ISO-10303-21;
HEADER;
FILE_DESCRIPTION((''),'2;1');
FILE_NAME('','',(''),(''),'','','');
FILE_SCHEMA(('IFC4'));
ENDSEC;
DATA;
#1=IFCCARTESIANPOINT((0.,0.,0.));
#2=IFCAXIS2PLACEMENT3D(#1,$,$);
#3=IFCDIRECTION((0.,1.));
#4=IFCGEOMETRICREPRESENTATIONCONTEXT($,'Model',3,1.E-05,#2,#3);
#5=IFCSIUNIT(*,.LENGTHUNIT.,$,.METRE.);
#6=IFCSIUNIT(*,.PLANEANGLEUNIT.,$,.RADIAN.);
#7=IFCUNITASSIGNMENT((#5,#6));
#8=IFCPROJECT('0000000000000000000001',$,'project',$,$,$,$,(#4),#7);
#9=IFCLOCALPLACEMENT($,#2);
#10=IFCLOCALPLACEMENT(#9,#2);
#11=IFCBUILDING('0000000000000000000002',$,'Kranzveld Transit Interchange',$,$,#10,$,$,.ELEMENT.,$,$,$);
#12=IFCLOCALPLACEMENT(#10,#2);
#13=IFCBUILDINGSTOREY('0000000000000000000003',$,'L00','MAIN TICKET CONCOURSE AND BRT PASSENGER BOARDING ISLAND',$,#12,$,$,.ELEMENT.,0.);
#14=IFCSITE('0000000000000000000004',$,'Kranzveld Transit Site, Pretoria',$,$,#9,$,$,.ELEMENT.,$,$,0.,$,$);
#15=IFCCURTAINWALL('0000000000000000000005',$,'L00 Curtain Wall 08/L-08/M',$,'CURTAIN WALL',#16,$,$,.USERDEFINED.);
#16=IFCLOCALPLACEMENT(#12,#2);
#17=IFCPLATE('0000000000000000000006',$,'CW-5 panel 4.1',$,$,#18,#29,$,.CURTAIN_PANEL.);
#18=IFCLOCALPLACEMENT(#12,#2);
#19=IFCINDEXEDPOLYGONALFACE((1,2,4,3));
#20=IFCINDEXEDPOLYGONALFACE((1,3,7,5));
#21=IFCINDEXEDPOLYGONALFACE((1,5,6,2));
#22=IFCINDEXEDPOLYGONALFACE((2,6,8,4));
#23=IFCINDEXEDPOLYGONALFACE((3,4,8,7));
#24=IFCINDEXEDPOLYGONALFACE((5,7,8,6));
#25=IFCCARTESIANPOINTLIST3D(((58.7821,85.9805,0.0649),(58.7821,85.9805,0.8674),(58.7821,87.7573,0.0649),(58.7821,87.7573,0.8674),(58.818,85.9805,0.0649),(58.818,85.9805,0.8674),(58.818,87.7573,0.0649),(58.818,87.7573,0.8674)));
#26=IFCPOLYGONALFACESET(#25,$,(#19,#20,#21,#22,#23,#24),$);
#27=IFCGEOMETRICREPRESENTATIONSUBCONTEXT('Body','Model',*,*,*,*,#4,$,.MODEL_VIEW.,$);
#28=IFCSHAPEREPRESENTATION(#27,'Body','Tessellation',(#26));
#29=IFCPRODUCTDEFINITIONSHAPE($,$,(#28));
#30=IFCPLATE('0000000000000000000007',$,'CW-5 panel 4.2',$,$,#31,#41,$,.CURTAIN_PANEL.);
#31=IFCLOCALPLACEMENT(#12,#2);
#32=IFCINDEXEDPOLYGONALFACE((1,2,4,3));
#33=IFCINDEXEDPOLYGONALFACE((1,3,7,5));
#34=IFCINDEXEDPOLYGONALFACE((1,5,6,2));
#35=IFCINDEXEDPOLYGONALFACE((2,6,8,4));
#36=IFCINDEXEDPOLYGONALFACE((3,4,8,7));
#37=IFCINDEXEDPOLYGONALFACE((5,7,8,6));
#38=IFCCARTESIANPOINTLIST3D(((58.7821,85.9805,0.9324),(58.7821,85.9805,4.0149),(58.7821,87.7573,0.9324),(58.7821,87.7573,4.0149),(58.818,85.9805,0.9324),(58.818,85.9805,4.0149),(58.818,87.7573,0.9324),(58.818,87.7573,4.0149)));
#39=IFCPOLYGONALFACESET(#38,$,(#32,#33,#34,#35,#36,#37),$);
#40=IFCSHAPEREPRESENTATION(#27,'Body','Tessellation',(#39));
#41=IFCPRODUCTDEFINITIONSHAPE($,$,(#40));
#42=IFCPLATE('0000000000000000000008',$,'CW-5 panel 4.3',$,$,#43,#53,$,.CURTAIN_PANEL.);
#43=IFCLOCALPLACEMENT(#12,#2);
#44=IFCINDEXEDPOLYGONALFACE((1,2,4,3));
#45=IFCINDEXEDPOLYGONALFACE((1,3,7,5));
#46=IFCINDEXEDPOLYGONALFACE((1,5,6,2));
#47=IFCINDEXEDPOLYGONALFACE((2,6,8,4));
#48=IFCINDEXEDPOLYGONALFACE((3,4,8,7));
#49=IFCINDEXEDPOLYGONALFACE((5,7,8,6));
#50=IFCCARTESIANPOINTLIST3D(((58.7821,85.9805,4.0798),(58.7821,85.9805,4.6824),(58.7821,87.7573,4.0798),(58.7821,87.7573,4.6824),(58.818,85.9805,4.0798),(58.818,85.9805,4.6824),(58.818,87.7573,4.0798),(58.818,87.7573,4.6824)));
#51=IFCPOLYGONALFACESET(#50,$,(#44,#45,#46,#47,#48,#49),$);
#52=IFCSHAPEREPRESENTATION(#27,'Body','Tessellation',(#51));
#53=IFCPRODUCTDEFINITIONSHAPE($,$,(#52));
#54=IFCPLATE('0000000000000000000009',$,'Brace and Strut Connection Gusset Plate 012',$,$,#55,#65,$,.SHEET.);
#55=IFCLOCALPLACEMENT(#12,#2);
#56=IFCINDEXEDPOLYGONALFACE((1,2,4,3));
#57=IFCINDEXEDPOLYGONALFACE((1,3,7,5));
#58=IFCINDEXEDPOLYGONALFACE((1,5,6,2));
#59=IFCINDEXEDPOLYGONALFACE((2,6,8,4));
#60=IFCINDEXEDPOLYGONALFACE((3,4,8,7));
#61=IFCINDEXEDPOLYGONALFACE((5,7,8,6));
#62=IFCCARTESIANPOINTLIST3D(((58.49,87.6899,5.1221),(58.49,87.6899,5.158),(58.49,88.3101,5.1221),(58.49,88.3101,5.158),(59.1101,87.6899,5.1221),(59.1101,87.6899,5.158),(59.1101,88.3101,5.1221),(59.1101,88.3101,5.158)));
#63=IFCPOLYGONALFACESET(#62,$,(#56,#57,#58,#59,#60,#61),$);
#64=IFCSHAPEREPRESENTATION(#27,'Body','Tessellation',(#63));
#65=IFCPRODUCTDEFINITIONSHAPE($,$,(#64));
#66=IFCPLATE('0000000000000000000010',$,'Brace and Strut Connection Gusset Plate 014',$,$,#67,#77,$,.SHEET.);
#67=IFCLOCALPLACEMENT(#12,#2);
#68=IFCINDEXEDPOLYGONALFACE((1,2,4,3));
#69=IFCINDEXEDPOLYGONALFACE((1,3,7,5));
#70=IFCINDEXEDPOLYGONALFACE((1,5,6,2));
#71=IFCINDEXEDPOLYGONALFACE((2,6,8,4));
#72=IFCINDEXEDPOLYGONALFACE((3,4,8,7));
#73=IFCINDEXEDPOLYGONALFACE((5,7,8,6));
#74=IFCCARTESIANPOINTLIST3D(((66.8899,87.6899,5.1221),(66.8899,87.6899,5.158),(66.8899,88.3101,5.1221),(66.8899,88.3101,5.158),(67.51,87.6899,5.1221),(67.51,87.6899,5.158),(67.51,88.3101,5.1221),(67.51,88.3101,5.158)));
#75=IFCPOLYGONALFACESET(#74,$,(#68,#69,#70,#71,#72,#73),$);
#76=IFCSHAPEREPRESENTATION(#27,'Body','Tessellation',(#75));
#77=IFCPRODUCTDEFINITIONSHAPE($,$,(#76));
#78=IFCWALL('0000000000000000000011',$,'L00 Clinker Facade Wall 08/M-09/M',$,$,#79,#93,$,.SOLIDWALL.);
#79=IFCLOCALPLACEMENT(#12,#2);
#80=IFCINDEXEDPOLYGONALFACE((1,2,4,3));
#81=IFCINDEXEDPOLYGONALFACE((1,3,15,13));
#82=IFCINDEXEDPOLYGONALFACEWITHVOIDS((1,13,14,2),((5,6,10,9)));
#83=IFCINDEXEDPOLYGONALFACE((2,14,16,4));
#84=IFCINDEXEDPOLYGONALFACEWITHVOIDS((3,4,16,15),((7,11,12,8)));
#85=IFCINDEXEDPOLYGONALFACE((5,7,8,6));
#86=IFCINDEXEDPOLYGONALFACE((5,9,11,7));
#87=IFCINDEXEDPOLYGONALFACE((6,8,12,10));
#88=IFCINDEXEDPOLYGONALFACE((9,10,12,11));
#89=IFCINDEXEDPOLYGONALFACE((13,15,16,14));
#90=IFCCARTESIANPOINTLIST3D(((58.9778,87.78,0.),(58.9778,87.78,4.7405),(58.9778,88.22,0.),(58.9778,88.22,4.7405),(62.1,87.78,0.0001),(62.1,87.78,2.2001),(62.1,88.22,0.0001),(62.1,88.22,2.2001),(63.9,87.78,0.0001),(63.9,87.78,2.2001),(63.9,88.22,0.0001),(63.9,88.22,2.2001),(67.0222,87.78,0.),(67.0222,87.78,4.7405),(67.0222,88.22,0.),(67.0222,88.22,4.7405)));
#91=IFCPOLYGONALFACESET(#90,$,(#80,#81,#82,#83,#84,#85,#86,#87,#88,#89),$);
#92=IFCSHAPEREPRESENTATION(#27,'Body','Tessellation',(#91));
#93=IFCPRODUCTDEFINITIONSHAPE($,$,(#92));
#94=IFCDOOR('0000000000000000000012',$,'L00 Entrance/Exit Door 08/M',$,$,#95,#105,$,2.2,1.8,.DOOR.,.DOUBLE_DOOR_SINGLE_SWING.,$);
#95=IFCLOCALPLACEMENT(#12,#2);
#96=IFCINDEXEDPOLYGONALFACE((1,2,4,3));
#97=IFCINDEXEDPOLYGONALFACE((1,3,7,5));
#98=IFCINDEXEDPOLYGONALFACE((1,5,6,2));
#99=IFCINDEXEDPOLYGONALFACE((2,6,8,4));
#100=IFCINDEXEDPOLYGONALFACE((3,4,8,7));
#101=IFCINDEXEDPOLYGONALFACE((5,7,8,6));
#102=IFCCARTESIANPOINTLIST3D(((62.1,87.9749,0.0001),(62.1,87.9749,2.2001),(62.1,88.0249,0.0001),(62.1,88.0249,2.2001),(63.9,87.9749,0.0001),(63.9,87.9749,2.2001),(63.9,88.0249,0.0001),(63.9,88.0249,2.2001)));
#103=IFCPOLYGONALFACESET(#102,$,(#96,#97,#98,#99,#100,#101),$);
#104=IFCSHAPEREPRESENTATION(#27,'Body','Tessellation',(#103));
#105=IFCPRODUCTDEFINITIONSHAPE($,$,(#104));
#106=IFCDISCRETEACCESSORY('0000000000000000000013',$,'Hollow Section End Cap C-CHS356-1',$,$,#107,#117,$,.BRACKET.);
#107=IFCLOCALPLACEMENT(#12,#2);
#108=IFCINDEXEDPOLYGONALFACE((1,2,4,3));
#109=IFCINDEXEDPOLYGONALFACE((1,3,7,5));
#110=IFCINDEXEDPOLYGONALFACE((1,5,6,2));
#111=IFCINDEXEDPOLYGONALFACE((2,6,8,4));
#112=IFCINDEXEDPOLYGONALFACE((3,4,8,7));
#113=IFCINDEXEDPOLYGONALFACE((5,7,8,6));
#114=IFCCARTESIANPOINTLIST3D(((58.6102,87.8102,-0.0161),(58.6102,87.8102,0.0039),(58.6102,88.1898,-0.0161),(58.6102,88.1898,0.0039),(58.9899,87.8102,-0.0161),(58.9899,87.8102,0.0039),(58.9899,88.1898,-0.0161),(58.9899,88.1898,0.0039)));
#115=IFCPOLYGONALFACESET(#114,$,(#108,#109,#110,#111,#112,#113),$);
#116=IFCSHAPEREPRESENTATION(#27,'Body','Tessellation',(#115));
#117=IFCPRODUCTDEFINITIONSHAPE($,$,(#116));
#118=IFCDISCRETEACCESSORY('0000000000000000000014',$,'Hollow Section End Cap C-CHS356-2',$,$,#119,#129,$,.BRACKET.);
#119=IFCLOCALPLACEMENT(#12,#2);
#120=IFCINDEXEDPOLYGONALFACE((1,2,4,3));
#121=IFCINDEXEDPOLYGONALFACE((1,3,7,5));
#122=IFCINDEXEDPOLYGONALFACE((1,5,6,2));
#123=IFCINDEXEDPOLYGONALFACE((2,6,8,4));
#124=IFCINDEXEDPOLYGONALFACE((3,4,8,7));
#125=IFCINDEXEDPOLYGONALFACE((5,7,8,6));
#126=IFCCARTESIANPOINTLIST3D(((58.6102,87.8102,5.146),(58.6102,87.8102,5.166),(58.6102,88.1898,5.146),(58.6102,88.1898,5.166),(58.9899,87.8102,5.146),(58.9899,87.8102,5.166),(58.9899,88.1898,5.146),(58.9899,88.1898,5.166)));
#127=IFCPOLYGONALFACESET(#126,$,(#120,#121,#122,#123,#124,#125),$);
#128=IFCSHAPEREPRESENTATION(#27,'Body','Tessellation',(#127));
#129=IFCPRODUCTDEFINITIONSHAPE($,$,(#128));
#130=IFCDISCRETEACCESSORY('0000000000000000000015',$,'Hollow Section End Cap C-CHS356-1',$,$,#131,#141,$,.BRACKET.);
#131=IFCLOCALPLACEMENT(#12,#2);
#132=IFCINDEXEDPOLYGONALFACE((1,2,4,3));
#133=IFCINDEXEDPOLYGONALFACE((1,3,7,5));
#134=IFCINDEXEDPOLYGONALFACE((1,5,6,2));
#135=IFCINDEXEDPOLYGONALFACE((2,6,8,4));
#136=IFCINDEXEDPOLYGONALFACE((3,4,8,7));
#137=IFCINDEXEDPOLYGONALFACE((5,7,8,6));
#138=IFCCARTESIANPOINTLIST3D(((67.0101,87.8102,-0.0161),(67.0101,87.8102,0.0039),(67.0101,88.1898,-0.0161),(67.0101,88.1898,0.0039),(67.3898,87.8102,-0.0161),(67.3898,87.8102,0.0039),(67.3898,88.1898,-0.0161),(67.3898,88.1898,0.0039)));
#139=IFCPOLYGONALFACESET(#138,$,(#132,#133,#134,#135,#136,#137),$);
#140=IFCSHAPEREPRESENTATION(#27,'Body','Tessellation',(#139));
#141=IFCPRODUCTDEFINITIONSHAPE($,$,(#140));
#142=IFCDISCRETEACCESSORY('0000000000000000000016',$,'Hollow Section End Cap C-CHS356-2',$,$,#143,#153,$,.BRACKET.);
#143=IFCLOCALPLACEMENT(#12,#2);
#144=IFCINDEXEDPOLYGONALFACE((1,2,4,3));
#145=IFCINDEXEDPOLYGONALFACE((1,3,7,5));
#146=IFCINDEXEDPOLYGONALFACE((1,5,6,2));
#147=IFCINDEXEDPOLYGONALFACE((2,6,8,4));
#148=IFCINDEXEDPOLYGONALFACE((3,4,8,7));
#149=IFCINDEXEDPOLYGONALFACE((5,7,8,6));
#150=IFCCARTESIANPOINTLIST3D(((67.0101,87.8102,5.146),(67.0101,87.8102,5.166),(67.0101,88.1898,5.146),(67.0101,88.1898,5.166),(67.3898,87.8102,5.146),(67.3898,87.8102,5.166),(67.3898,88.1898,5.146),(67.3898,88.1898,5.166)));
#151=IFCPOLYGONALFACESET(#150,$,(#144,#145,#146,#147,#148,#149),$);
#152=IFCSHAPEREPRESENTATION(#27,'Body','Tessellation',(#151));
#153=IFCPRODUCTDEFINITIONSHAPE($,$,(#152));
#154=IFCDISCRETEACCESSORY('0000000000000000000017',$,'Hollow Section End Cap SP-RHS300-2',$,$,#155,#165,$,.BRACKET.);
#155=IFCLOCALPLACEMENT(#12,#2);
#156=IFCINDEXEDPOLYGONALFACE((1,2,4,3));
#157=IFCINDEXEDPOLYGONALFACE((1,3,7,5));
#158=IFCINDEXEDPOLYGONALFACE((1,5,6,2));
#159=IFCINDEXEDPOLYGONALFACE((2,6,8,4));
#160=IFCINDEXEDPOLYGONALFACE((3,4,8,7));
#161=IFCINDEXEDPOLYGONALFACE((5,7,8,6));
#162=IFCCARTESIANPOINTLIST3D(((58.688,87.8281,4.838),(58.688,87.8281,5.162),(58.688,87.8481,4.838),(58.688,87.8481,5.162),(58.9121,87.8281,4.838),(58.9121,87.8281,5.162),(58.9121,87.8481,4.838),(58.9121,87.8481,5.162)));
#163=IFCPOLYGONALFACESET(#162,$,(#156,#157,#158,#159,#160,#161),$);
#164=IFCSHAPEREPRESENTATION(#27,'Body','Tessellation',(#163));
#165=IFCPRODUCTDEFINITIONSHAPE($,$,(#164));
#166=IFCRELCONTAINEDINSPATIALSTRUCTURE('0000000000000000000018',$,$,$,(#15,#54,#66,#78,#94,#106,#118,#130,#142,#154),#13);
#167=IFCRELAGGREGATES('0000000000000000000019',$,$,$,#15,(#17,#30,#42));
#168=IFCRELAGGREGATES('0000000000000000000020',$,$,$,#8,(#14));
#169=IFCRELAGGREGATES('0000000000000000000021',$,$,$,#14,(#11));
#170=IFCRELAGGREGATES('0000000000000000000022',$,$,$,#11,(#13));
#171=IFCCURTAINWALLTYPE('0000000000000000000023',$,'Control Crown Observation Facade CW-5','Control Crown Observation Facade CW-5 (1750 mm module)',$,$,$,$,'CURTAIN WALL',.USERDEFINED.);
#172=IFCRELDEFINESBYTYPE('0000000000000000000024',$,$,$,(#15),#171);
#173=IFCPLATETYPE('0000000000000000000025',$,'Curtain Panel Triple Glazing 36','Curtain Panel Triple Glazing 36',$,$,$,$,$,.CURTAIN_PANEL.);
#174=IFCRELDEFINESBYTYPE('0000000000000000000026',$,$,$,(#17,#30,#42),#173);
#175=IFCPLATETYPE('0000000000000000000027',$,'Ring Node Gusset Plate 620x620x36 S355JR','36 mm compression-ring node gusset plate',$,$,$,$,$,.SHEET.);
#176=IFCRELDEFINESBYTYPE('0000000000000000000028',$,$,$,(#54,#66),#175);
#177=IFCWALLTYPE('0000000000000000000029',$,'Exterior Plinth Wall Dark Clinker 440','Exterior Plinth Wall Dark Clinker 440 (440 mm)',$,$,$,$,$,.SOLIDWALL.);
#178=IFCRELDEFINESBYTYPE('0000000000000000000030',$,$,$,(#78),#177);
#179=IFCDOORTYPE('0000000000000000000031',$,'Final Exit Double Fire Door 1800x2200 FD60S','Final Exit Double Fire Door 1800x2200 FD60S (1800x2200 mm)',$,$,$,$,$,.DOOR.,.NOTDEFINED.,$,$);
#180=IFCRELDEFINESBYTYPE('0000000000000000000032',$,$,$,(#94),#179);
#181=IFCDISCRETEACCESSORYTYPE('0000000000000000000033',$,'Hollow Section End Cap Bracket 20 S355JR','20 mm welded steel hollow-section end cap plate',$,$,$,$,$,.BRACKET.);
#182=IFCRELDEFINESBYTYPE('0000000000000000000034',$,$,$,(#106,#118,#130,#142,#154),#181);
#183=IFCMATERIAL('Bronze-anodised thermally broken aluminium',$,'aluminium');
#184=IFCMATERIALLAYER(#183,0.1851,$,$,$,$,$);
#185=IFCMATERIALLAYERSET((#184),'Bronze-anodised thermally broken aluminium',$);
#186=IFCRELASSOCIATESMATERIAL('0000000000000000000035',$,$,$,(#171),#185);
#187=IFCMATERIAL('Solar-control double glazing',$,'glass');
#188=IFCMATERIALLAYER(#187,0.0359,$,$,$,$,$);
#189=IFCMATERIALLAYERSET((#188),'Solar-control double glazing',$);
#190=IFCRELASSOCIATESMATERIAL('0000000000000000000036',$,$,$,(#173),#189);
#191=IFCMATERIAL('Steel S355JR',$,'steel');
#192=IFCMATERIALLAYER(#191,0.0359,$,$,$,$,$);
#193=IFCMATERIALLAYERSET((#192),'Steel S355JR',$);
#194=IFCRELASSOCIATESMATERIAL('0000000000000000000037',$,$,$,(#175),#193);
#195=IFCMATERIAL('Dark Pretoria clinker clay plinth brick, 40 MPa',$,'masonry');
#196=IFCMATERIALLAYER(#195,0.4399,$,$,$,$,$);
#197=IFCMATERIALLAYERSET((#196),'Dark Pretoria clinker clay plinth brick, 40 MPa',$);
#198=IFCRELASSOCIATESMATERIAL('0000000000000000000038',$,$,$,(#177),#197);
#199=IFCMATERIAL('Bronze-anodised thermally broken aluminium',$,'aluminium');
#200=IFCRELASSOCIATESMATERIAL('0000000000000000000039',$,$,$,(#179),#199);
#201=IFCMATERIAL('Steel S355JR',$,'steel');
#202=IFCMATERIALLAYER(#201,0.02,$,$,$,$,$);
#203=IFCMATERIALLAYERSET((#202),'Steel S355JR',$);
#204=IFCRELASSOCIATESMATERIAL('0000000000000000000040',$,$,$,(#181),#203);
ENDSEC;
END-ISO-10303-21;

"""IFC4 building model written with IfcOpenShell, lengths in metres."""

from ifc_helpers import new_model, si_unit, direction, frame, frame_2d, origin, origin_2d, place, context, subcontext, project, spatial, rectangle, extrude, material, layer, layer_set, type_object, element, fill, aggregate, save


model = new_model("IFC4")

# Units and contexts
model_context = context("Model", 3, precision=1e-05, world=origin(), true_north=direction((0.0, 1.0)))
body_context = subcontext(model_context, "Body", "Model", "MODEL_VIEW")
ifc_project = project(units=[si_unit("LENGTHUNIT", "METRE"), si_unit("PLANEANGLEUNIT", "RADIAN")], contexts=[model_context])

# Site, building, storey
site_placement = place(None, origin())
site = spatial("IfcSite", under=ifc_project, at=site_placement, Name="Kranzveld Transit Site, Pretoria", CompositionType="ELEMENT", RefElevation=0.0)
building_placement = place(site_placement, origin())
building = spatial("IfcBuilding", under=site, at=building_placement, Name="Kranzveld Transit Interchange", CompositionType="ELEMENT")
storey_placement = place(building_placement, origin())
storey = spatial("IfcBuildingStorey", under=building, at=storey_placement, Name="L00", Description="MAIN TICKET CONCOURSE AND BRT PASSENGER BOARDING ISLAND", CompositionType="ELEMENT", Elevation=0.0)

# Curtain wall
ifc_material_1 = material(Name="Bronze-anodised thermally broken aluminium", Category="aluminium")
ifc_layer_1 = layer(ifc_material_1, 0.1851)
ifc_layer_set_1 = layer_set([ifc_layer_1], Name="Bronze-anodised thermally broken aluminium")
curtain_wall_type_1 = type_object("IfcCurtainWallType", Name="Control Crown Observation Facade CW-5", Description="Control Crown Observation Facade CW-5 (1750 mm module)", ElementType="CURTAIN WALL", PredefinedType="USERDEFINED", material=ifc_layer_set_1)
curtain_wall_1_placement = place(storey_placement, origin())
curtain_wall_1 = element("IfcCurtainWall", 1, at=curtain_wall_1_placement, inside=storey, type_object=curtain_wall_type_1, Name="L00 Curtain Wall 08/L-08/M", ObjectType="CURTAIN WALL", PredefinedType="USERDEFINED")

# Plates
ifc_material_2 = material(Name="Solar-control double glazing", Category="glass")
ifc_layer_2 = layer(ifc_material_2, 0.0359)
ifc_layer_set_2 = layer_set([ifc_layer_2], Name="Solar-control double glazing")
plate_type_1 = type_object("IfcPlateType", Name="Curtain Panel Triple Glazing 36", Description="Curtain Panel Triple Glazing 36", PredefinedType="CURTAIN_PANEL", material=ifc_layer_set_2)
plate_1_placement = place(storey_placement, frame((58.8, 86.8689, 0.0649), z_axis=(0.0, 0.0, 1.0), x_axis=(0.0, 1.0, 0.0)))
plate_1 = element("IfcPlate", 2, at=plate_1_placement, type_object=plate_type_1, Name="CW-5 panel 4.1", PredefinedType="CURTAIN_PANEL", context=body_context, shape_type="SweptSolid", body=[
    extrude(rectangle(XDim=1.7769, YDim=0.0359, at=origin_2d()), origin(), (0.0, 0.0, 1.0), 0.8025),
])
plate_2_placement = place(storey_placement, frame((58.8, 86.8689, 0.9324), z_axis=(0.0, 0.0, 1.0), x_axis=(0.0, 1.0, 0.0)))
plate_2 = element("IfcPlate", 3, at=plate_2_placement, type_object=plate_type_1, Name="CW-5 panel 4.2", PredefinedType="CURTAIN_PANEL", context=body_context, shape_type="SweptSolid", body=[
    extrude(rectangle(XDim=1.7769, YDim=0.0359, at=origin_2d()), origin(), (0.0, 0.0, 1.0), 3.0825),
])
plate_3_placement = place(storey_placement, frame((58.8, 86.8689, 4.0798), z_axis=(0.0, 0.0, 1.0), x_axis=(0.0, 1.0, 0.0)))
plate_3 = element("IfcPlate", 4, at=plate_3_placement, type_object=plate_type_1, Name="CW-5 panel 4.3", PredefinedType="CURTAIN_PANEL", context=body_context, shape_type="SweptSolid", body=[
    extrude(rectangle(XDim=1.7769, YDim=0.0359, at=origin_2d()), origin(), (0.0, 0.0, 1.0), 0.6025),
])
aggregate(curtain_wall_1, [plate_1, plate_2, plate_3])

# Plates
ifc_material_3 = material(Name="Steel S355JR", Category="steel")
ifc_layer_3 = layer(ifc_material_3, 0.0359)
ifc_layer_set_3 = layer_set([ifc_layer_3], Name="Steel S355JR")
plate_type_2 = type_object("IfcPlateType", Name="Ring Node Gusset Plate 620x620x36 S355JR", Description="36 mm compression-ring node gusset plate", PredefinedType="SHEET", material=ifc_layer_set_3)
for number, where, z_axis, x_axis, name in (
    (5, (58.8, 88.0, 5.1221), (0.0, 0.0, 1.0), (1.0, 0.0, 0.0), "Brace and Strut Connection Gusset Plate 012"),
    (6, (67.2, 88.0, 5.1221), (0.0, 0.0, 1.0), (1.0, 0.0, 0.0), "Brace and Strut Connection Gusset Plate 014"),
):
    element("IfcPlate", number, at=place(storey_placement, frame(where, z_axis=z_axis, x_axis=x_axis)), inside=storey, type_object=plate_type_2, Name=name, PredefinedType="SHEET", context=body_context, shape_type="SweptSolid", body=[
        extrude(rectangle(XDim=0.6201, YDim=0.6201, at=origin_2d()), origin(), (0.0, 0.0, 1.0), 0.0359),
    ])

# Wall, opening, door
ifc_material_4 = material(Name="Dark Pretoria clinker clay plinth brick, 40 MPa", Category="masonry")
ifc_layer_4 = layer(ifc_material_4, 0.4399)
ifc_layer_set_4 = layer_set([ifc_layer_4], Name="Dark Pretoria clinker clay plinth brick, 40 MPa")
wall_type = type_object("IfcWallType", Name="Exterior Plinth Wall Dark Clinker 440", Description="Exterior Plinth Wall Dark Clinker 440 (440 mm)", PredefinedType="SOLIDWALL", material=ifc_layer_set_4)
wall_placement = place(storey_placement, frame((58.9778, 88.0, 0.0), z_axis=(0.0, 0.0, 1.0), x_axis=(1.0, 0.0, 0.0)))
wall = element("IfcWall", 7, at=wall_placement, inside=storey, type_object=wall_type, Name="L00 Clinker Facade Wall 08/M-09/M", PredefinedType="SOLIDWALL", context=body_context, shape_type="SweptSolid", body=[
    extrude(rectangle(XDim=8.0444, YDim=0.4399, at=frame_2d((4.0222, 0.0))), origin(), (0.0, 0.0, 1.0), 4.7405),
])
opening_placement = place(wall_placement, frame((3.1223, 0.0, 0.0), z_axis=(0.0, 0.0, 1.0), x_axis=(1.0, 0.0, 0.0)))
opening = element("IfcOpeningElement", 8, at=opening_placement, cuts=wall, PredefinedType="OPENING", context=body_context, shape_type="SweptSolid", body=[
    extrude(rectangle(XDim=1.8, YDim=2.2, at=frame_2d((0.8999, 1.1001))), frame((0.0, 0.23, 0.0), z_axis=(0.0, -1.0, 0.0), x_axis=(1.0, 0.0, 0.0)), (0.0, 0.0, 1.0), 0.46),
])
ifc_material_5 = material(Name="Bronze-anodised thermally broken aluminium", Category="aluminium")
door_type = type_object("IfcDoorType", Name="Final Exit Double Fire Door 1800x2200 FD60S", Description="Final Exit Double Fire Door 1800x2200 FD60S (1800x2200 mm)", OperationType="NOTDEFINED", PredefinedType="DOOR", material=ifc_material_5)
door_placement = place(opening_placement, origin())
door = element("IfcDoor", 9, at=door_placement, inside=storey, type_object=door_type, Name="L00 Entrance/Exit Door 08/M", OperationType="DOUBLE_DOOR_SINGLE_SWING", OverallHeight=2.2, OverallWidth=1.8, PredefinedType="DOOR", context=body_context, shape_type="SweptSolid", body=[
    extrude(rectangle(XDim=1.8, YDim=2.2, at=frame_2d((0.8999, 1.1001))), frame((0.0, 0.0249, 0.0), z_axis=(0.0, -1.0, 0.0), x_axis=(1.0, 0.0, 0.0)), (0.0, 0.0, 1.0), 0.05),
])
fill(opening, door)

# Discrete accessories
ifc_material_6 = material(Name="Steel S355JR", Category="steel")
ifc_layer_5 = layer(ifc_material_6, 0.02)
ifc_layer_set_5 = layer_set([ifc_layer_5], Name="Steel S355JR")
discrete_accessory_type = type_object("IfcDiscreteAccessoryType", Name="Hollow Section End Cap Bracket 20 S355JR", Description="20 mm welded steel hollow-section end cap plate", PredefinedType="BRACKET", material=ifc_layer_set_5)
for number, where, z_axis, x_axis, name in (
    (10, (58.8, 88.0, 0.0039), (0.0, 0.0, -1.0), (1.0, 0.0, 0.0), "Hollow Section End Cap C-CHS356-1"),
    (11, (58.8, 88.0, 5.146), (0.0, 0.0, 1.0), (1.0, 0.0, 0.0), "Hollow Section End Cap C-CHS356-2"),
    (12, (67.2, 88.0, 0.0039), (0.0, 0.0, -1.0), (1.0, 0.0, 0.0), "Hollow Section End Cap C-CHS356-1"),
    (13, (67.2, 88.0, 5.146), (0.0, 0.0, 1.0), (1.0, 0.0, 0.0), "Hollow Section End Cap C-CHS356-2"),
):
    element("IfcDiscreteAccessory", number, at=place(storey_placement, frame(where, z_axis=z_axis, x_axis=x_axis)), inside=storey, type_object=discrete_accessory_type, Name=name, PredefinedType="BRACKET", context=body_context, shape_type="SweptSolid", body=[
        extrude(rectangle(XDim=0.3796, YDim=0.3796, at=origin_2d()), origin(), (0.0, 0.0, 1.0), 0.02),
    ])
discrete_accessory_placement = place(storey_placement, frame((58.8, 87.8281, 5.0), z_axis=(0.0, 1.0, 0.0), x_axis=(-1.0, 0.0, 0.0)))
element("IfcDiscreteAccessory", 14, at=discrete_accessory_placement, inside=storey, type_object=discrete_accessory_type, Name="Hollow Section End Cap SP-RHS300-2", PredefinedType="BRACKET", context=body_context, shape_type="SweptSolid", body=[
    extrude(rectangle(XDim=0.2241, YDim=0.324, at=origin_2d()), origin(), (0.0, 0.0, 1.0), 0.02),
])

save(model, "model.ifc")
